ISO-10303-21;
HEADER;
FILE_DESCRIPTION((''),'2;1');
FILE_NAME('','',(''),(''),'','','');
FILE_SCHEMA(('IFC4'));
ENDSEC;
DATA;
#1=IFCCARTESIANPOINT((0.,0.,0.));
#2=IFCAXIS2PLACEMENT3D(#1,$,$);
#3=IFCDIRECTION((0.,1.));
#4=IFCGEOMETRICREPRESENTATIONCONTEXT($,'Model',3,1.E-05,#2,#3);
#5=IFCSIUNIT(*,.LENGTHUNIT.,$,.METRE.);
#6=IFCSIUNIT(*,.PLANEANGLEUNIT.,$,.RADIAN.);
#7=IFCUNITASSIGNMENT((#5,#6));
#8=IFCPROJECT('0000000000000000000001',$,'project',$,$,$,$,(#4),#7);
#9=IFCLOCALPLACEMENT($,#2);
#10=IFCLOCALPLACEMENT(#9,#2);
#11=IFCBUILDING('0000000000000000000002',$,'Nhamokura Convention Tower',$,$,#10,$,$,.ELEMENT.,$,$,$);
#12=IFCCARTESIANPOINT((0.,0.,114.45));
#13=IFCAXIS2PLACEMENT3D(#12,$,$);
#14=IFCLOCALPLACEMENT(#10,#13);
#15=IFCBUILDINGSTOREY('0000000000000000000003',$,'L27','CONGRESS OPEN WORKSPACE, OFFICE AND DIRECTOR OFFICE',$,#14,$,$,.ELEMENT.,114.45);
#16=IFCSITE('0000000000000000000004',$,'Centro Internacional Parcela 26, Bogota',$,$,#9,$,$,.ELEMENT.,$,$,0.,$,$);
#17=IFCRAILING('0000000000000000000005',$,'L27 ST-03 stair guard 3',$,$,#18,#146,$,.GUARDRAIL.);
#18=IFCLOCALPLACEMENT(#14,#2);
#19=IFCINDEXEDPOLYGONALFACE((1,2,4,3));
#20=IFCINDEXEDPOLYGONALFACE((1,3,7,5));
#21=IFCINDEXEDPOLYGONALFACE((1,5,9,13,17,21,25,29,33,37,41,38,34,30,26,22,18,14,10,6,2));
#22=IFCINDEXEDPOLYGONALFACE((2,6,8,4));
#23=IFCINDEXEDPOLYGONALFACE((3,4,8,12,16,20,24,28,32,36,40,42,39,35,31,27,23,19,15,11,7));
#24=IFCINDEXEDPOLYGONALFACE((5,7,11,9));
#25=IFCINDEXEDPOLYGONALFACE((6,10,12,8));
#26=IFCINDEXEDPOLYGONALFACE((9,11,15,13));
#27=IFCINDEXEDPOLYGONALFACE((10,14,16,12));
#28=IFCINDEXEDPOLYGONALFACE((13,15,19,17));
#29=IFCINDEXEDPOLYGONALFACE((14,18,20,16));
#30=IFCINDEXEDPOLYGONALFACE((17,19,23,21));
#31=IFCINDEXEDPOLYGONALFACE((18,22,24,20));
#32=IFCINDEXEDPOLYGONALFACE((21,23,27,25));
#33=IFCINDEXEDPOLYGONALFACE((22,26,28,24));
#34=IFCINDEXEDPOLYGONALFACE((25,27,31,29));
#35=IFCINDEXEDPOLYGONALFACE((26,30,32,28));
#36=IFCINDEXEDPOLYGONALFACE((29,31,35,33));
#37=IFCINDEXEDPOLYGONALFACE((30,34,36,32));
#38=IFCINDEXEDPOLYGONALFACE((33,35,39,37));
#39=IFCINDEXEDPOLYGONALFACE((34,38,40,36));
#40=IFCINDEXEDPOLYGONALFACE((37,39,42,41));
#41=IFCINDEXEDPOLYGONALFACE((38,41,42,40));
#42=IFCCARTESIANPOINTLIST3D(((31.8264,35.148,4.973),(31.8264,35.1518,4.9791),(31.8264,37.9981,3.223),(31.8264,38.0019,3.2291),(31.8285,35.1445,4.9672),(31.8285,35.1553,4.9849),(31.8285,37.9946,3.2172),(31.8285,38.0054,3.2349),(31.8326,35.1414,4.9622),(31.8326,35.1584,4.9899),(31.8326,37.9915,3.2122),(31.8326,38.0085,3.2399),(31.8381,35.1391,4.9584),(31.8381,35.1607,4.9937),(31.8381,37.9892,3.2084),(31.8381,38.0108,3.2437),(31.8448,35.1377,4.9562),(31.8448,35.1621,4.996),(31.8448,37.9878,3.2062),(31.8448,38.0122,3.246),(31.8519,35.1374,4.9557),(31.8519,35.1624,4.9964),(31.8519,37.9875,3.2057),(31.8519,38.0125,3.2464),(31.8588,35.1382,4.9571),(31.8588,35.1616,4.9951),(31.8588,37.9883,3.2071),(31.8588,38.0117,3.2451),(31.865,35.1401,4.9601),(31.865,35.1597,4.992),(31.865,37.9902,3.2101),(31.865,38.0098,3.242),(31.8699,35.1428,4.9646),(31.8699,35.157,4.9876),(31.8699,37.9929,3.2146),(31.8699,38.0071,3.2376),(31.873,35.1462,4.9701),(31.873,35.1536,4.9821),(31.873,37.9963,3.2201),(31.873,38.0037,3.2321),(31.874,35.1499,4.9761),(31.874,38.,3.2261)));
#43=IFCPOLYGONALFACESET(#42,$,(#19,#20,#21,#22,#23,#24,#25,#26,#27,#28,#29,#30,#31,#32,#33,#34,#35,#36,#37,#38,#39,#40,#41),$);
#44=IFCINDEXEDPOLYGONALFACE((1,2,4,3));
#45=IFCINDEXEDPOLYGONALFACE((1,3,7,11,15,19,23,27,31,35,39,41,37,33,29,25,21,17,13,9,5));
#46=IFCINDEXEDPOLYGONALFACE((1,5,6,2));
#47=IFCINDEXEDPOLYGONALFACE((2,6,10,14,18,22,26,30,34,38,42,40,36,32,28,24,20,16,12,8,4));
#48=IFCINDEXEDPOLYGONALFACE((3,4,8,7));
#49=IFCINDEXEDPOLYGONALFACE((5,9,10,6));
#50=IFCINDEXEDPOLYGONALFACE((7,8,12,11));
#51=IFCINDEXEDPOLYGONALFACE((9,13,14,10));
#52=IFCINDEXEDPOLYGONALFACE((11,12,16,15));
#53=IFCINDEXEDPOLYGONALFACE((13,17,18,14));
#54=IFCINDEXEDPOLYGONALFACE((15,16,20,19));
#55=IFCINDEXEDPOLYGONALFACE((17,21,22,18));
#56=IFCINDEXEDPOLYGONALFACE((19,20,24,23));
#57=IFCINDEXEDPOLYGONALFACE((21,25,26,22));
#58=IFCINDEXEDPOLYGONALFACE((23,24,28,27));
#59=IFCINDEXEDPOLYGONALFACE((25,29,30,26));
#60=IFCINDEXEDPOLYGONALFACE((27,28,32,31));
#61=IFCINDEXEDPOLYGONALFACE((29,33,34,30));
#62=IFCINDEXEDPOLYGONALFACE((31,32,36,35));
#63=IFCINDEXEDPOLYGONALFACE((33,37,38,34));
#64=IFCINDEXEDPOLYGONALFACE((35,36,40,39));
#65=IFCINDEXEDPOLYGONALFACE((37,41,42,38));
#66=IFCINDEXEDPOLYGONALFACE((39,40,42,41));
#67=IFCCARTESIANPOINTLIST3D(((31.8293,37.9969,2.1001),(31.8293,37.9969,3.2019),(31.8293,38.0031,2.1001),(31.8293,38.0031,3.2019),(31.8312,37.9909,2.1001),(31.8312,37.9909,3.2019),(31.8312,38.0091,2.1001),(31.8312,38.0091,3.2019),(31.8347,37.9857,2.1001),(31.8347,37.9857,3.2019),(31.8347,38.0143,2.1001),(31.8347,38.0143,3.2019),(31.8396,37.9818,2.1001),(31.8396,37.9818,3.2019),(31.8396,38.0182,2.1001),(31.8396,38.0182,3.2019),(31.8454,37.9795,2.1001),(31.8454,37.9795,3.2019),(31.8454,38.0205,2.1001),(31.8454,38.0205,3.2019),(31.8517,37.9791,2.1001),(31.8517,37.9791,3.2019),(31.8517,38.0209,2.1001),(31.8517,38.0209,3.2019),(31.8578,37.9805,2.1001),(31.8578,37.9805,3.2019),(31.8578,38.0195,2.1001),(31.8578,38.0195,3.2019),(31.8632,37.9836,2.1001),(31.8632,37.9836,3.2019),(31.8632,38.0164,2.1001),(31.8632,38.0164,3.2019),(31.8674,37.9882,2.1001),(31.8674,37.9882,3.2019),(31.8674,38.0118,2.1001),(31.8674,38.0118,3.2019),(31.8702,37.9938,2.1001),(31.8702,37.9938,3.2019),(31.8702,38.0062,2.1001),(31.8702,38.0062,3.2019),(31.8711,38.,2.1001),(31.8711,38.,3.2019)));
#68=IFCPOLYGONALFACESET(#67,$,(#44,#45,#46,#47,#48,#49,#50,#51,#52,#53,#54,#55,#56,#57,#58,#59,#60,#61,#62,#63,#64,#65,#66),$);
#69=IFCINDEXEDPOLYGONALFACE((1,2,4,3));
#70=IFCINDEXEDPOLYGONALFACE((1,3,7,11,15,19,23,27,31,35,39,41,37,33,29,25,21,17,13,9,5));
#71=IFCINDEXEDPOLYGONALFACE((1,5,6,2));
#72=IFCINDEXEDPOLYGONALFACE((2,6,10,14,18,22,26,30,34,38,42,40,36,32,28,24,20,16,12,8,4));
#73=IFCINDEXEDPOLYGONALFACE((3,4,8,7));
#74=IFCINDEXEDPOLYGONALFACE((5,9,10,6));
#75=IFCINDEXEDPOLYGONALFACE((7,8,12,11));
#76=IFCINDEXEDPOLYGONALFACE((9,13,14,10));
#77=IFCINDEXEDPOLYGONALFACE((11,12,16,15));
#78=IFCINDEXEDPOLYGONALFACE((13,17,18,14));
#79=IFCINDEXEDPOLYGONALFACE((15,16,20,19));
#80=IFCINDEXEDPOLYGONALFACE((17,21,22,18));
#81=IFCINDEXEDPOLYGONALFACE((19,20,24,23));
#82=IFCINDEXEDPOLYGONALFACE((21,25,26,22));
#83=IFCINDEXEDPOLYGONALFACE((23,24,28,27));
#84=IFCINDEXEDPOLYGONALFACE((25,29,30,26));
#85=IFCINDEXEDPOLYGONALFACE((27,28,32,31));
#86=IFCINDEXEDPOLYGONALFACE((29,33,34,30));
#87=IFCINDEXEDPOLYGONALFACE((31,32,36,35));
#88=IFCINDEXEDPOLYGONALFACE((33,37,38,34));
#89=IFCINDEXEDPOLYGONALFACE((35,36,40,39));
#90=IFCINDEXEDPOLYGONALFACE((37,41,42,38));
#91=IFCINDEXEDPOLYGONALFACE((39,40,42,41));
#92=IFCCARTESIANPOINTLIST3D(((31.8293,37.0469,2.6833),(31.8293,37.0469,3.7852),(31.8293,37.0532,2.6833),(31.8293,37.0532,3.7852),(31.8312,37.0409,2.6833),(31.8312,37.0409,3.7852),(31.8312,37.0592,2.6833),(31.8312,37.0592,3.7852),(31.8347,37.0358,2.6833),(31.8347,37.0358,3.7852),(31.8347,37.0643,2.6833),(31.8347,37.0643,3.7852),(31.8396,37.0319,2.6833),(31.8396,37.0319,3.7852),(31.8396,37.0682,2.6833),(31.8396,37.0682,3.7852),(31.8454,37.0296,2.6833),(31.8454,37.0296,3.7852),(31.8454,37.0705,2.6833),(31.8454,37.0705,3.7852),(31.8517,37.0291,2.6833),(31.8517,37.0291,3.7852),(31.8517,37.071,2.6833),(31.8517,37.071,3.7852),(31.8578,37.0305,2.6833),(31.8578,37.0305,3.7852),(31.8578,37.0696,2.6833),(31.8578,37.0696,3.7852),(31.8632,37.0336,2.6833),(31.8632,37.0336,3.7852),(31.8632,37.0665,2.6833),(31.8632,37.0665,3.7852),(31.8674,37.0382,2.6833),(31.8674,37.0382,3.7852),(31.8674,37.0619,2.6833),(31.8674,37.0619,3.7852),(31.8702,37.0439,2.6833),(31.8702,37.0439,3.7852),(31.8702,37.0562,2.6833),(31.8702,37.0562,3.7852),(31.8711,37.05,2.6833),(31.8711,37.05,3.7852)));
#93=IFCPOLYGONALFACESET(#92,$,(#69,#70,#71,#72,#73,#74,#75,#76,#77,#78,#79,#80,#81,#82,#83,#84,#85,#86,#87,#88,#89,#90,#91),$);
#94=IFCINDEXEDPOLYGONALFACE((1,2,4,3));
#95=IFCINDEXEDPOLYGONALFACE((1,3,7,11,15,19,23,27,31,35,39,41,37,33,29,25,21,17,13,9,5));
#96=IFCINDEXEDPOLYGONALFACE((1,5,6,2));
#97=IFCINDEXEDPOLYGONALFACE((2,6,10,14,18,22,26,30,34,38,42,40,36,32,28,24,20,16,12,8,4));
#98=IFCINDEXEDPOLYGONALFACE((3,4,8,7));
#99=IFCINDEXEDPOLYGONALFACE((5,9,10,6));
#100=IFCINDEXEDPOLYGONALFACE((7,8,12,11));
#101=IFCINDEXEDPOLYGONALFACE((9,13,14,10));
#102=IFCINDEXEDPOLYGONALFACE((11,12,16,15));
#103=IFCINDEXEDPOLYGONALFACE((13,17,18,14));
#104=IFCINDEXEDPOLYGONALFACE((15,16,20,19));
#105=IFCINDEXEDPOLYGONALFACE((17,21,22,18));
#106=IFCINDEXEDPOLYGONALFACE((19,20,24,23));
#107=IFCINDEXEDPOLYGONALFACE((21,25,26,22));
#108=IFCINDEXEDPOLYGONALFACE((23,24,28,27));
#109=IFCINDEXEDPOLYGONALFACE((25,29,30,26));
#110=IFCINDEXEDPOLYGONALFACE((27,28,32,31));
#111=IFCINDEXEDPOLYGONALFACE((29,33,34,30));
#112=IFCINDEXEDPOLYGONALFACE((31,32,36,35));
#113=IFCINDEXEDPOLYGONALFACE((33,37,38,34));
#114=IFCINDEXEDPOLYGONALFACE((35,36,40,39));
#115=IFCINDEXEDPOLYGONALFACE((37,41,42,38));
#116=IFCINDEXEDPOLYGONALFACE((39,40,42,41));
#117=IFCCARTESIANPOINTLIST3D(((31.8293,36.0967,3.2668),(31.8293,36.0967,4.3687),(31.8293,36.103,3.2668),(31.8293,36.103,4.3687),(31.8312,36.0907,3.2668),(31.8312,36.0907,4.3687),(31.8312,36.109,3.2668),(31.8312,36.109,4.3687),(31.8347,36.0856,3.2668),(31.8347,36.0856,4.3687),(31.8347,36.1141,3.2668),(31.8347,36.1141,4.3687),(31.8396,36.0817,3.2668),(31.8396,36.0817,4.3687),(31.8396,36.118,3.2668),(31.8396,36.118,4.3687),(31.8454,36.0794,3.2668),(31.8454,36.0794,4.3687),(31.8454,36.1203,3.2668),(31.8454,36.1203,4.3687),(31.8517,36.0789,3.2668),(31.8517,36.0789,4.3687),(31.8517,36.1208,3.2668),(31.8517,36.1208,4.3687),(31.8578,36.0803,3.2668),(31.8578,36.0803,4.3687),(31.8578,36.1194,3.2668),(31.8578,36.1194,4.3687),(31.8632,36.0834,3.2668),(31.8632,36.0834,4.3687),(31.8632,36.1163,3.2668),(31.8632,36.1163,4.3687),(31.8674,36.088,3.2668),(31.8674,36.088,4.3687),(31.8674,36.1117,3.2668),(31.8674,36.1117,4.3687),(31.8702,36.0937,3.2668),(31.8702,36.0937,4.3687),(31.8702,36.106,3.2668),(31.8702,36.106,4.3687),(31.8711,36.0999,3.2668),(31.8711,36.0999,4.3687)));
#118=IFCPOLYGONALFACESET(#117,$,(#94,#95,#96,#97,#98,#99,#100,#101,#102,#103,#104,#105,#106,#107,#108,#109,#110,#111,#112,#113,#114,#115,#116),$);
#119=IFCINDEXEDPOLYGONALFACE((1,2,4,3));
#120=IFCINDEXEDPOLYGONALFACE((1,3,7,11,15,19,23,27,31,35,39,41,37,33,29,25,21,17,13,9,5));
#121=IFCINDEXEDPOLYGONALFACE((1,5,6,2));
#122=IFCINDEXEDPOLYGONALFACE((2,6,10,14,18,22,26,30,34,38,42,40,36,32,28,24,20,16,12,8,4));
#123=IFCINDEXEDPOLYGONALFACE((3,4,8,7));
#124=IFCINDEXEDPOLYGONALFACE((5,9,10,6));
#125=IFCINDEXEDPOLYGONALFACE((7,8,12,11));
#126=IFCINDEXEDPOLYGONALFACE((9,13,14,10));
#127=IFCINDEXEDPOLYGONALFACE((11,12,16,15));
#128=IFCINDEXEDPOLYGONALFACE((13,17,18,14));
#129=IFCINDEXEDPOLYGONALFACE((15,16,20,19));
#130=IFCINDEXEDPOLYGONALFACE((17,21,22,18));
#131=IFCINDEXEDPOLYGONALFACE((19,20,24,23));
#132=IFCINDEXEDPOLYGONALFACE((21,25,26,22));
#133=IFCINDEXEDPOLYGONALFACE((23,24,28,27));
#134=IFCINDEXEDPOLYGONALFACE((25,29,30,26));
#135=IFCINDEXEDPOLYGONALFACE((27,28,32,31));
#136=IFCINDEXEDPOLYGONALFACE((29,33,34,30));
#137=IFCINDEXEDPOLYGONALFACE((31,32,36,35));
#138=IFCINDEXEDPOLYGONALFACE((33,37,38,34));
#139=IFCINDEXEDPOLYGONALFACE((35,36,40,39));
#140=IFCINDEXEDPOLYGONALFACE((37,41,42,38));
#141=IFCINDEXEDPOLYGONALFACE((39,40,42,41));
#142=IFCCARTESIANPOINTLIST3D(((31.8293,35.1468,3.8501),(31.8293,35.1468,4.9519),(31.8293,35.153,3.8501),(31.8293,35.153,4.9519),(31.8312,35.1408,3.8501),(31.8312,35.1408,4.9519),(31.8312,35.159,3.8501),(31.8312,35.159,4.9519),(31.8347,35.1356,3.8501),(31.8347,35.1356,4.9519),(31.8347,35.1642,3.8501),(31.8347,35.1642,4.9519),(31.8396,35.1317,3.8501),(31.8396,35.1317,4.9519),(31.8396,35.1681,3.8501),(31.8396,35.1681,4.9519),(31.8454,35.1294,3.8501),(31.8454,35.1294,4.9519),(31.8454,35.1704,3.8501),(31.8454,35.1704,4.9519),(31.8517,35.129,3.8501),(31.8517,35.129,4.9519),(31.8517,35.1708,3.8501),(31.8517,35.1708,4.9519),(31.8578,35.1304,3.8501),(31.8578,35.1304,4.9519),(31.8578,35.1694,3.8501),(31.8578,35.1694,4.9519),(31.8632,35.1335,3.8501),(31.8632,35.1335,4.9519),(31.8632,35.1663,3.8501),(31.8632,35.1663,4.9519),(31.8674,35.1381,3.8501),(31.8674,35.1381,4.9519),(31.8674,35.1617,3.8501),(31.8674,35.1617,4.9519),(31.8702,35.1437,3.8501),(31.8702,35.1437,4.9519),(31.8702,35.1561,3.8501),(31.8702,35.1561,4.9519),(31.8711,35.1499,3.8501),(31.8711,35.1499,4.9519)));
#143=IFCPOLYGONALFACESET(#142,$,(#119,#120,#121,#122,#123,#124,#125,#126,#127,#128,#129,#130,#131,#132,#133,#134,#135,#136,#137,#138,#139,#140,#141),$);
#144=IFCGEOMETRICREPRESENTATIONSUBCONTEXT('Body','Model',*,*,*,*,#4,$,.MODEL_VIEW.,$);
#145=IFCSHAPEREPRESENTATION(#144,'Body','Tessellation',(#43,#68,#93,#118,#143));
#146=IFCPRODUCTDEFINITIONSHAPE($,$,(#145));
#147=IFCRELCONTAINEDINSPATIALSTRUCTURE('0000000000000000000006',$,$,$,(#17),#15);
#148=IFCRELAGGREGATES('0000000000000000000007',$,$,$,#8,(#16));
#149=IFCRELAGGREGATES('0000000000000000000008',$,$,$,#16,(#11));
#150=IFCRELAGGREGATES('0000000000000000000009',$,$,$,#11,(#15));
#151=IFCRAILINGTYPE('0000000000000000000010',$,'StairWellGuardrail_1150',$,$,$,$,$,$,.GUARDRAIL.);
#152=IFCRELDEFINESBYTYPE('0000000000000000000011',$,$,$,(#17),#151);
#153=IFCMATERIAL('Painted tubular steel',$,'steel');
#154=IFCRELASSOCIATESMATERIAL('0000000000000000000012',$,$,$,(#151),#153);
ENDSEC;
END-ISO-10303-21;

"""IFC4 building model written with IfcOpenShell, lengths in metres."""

from ifc_helpers import new_model, si_unit, direction, frame, origin, origin_2d, place, context, subcontext, project, spatial, circle, extrude, material, type_object, element, save


model = new_model("IFC4")

# Units and contexts
model_context = context("Model", 3, precision=1e-05, world=origin(), true_north=direction((0.0, 1.0)))
body_context = subcontext(model_context, "Body", "Model", "MODEL_VIEW")
ifc_project = project(units=[si_unit("LENGTHUNIT", "METRE"), si_unit("PLANEANGLEUNIT", "RADIAN")], contexts=[model_context])

# Site, building, storey
site_placement = place(None, origin())
site = spatial("IfcSite", under=ifc_project, at=site_placement, Name="Centro Internacional Parcela 26, Bogota", CompositionType="ELEMENT", RefElevation=0.0)
building_placement = place(site_placement, origin())
building = spatial("IfcBuilding", under=site, at=building_placement, Name="Nhamokura Convention Tower", CompositionType="ELEMENT")
storey_placement = place(building_placement, frame((0.0, 0.0, 114.45)))
storey = spatial("IfcBuildingStorey", under=building, at=storey_placement, Name="L27", Description="CONGRESS OPEN WORKSPACE, OFFICE AND DIRECTOR OFFICE", CompositionType="ELEMENT", Elevation=114.45)

# Railing
ifc_material_1 = material(Name="Painted tubular steel", Category="steel")
railing_type_1 = type_object("IfcRailingType", Name="StairWellGuardrail_1150", PredefinedType="GUARDRAIL", material=ifc_material_1)
railing_1_placement = place(storey_placement, frame((31.8501, 38.0, 2.1001)))
element("IfcRailing", 1, at=railing_1_placement, inside=storey, type_object=railing_type_1, Name="L27 ST-03 stair guard 3", PredefinedType="GUARDRAIL", context=body_context, shape_type="SweptSolid", body=[
    extrude(circle(Radius=0.0239, at=origin_2d()), frame((0.0, 0.0, 1.126), z_axis=(0.0, -0.852179, 0.52325), x_axis=(1.0, 0.0, 0.0)), (0.0, 0.0, 1.0), 3.3445),
    extrude(circle(Radius=0.021, at=origin_2d()), origin(), (0.0, 0.0, 1.0), 1.1018),
    extrude(circle(Radius=0.021, at=origin_2d()), frame((0.0, -0.95, 0.5833)), (0.0, 0.0, 1.0), 1.1018),
    extrude(circle(Radius=0.021, at=origin_2d()), frame((0.0, -1.9001, 1.1667)), (0.0, 0.0, 1.0), 1.1018),
    extrude(circle(Radius=0.021, at=origin_2d()), frame((0.0, -2.8501, 1.75)), (0.0, 0.0, 1.0), 1.1018),
])

save(model, "model.ifc")
